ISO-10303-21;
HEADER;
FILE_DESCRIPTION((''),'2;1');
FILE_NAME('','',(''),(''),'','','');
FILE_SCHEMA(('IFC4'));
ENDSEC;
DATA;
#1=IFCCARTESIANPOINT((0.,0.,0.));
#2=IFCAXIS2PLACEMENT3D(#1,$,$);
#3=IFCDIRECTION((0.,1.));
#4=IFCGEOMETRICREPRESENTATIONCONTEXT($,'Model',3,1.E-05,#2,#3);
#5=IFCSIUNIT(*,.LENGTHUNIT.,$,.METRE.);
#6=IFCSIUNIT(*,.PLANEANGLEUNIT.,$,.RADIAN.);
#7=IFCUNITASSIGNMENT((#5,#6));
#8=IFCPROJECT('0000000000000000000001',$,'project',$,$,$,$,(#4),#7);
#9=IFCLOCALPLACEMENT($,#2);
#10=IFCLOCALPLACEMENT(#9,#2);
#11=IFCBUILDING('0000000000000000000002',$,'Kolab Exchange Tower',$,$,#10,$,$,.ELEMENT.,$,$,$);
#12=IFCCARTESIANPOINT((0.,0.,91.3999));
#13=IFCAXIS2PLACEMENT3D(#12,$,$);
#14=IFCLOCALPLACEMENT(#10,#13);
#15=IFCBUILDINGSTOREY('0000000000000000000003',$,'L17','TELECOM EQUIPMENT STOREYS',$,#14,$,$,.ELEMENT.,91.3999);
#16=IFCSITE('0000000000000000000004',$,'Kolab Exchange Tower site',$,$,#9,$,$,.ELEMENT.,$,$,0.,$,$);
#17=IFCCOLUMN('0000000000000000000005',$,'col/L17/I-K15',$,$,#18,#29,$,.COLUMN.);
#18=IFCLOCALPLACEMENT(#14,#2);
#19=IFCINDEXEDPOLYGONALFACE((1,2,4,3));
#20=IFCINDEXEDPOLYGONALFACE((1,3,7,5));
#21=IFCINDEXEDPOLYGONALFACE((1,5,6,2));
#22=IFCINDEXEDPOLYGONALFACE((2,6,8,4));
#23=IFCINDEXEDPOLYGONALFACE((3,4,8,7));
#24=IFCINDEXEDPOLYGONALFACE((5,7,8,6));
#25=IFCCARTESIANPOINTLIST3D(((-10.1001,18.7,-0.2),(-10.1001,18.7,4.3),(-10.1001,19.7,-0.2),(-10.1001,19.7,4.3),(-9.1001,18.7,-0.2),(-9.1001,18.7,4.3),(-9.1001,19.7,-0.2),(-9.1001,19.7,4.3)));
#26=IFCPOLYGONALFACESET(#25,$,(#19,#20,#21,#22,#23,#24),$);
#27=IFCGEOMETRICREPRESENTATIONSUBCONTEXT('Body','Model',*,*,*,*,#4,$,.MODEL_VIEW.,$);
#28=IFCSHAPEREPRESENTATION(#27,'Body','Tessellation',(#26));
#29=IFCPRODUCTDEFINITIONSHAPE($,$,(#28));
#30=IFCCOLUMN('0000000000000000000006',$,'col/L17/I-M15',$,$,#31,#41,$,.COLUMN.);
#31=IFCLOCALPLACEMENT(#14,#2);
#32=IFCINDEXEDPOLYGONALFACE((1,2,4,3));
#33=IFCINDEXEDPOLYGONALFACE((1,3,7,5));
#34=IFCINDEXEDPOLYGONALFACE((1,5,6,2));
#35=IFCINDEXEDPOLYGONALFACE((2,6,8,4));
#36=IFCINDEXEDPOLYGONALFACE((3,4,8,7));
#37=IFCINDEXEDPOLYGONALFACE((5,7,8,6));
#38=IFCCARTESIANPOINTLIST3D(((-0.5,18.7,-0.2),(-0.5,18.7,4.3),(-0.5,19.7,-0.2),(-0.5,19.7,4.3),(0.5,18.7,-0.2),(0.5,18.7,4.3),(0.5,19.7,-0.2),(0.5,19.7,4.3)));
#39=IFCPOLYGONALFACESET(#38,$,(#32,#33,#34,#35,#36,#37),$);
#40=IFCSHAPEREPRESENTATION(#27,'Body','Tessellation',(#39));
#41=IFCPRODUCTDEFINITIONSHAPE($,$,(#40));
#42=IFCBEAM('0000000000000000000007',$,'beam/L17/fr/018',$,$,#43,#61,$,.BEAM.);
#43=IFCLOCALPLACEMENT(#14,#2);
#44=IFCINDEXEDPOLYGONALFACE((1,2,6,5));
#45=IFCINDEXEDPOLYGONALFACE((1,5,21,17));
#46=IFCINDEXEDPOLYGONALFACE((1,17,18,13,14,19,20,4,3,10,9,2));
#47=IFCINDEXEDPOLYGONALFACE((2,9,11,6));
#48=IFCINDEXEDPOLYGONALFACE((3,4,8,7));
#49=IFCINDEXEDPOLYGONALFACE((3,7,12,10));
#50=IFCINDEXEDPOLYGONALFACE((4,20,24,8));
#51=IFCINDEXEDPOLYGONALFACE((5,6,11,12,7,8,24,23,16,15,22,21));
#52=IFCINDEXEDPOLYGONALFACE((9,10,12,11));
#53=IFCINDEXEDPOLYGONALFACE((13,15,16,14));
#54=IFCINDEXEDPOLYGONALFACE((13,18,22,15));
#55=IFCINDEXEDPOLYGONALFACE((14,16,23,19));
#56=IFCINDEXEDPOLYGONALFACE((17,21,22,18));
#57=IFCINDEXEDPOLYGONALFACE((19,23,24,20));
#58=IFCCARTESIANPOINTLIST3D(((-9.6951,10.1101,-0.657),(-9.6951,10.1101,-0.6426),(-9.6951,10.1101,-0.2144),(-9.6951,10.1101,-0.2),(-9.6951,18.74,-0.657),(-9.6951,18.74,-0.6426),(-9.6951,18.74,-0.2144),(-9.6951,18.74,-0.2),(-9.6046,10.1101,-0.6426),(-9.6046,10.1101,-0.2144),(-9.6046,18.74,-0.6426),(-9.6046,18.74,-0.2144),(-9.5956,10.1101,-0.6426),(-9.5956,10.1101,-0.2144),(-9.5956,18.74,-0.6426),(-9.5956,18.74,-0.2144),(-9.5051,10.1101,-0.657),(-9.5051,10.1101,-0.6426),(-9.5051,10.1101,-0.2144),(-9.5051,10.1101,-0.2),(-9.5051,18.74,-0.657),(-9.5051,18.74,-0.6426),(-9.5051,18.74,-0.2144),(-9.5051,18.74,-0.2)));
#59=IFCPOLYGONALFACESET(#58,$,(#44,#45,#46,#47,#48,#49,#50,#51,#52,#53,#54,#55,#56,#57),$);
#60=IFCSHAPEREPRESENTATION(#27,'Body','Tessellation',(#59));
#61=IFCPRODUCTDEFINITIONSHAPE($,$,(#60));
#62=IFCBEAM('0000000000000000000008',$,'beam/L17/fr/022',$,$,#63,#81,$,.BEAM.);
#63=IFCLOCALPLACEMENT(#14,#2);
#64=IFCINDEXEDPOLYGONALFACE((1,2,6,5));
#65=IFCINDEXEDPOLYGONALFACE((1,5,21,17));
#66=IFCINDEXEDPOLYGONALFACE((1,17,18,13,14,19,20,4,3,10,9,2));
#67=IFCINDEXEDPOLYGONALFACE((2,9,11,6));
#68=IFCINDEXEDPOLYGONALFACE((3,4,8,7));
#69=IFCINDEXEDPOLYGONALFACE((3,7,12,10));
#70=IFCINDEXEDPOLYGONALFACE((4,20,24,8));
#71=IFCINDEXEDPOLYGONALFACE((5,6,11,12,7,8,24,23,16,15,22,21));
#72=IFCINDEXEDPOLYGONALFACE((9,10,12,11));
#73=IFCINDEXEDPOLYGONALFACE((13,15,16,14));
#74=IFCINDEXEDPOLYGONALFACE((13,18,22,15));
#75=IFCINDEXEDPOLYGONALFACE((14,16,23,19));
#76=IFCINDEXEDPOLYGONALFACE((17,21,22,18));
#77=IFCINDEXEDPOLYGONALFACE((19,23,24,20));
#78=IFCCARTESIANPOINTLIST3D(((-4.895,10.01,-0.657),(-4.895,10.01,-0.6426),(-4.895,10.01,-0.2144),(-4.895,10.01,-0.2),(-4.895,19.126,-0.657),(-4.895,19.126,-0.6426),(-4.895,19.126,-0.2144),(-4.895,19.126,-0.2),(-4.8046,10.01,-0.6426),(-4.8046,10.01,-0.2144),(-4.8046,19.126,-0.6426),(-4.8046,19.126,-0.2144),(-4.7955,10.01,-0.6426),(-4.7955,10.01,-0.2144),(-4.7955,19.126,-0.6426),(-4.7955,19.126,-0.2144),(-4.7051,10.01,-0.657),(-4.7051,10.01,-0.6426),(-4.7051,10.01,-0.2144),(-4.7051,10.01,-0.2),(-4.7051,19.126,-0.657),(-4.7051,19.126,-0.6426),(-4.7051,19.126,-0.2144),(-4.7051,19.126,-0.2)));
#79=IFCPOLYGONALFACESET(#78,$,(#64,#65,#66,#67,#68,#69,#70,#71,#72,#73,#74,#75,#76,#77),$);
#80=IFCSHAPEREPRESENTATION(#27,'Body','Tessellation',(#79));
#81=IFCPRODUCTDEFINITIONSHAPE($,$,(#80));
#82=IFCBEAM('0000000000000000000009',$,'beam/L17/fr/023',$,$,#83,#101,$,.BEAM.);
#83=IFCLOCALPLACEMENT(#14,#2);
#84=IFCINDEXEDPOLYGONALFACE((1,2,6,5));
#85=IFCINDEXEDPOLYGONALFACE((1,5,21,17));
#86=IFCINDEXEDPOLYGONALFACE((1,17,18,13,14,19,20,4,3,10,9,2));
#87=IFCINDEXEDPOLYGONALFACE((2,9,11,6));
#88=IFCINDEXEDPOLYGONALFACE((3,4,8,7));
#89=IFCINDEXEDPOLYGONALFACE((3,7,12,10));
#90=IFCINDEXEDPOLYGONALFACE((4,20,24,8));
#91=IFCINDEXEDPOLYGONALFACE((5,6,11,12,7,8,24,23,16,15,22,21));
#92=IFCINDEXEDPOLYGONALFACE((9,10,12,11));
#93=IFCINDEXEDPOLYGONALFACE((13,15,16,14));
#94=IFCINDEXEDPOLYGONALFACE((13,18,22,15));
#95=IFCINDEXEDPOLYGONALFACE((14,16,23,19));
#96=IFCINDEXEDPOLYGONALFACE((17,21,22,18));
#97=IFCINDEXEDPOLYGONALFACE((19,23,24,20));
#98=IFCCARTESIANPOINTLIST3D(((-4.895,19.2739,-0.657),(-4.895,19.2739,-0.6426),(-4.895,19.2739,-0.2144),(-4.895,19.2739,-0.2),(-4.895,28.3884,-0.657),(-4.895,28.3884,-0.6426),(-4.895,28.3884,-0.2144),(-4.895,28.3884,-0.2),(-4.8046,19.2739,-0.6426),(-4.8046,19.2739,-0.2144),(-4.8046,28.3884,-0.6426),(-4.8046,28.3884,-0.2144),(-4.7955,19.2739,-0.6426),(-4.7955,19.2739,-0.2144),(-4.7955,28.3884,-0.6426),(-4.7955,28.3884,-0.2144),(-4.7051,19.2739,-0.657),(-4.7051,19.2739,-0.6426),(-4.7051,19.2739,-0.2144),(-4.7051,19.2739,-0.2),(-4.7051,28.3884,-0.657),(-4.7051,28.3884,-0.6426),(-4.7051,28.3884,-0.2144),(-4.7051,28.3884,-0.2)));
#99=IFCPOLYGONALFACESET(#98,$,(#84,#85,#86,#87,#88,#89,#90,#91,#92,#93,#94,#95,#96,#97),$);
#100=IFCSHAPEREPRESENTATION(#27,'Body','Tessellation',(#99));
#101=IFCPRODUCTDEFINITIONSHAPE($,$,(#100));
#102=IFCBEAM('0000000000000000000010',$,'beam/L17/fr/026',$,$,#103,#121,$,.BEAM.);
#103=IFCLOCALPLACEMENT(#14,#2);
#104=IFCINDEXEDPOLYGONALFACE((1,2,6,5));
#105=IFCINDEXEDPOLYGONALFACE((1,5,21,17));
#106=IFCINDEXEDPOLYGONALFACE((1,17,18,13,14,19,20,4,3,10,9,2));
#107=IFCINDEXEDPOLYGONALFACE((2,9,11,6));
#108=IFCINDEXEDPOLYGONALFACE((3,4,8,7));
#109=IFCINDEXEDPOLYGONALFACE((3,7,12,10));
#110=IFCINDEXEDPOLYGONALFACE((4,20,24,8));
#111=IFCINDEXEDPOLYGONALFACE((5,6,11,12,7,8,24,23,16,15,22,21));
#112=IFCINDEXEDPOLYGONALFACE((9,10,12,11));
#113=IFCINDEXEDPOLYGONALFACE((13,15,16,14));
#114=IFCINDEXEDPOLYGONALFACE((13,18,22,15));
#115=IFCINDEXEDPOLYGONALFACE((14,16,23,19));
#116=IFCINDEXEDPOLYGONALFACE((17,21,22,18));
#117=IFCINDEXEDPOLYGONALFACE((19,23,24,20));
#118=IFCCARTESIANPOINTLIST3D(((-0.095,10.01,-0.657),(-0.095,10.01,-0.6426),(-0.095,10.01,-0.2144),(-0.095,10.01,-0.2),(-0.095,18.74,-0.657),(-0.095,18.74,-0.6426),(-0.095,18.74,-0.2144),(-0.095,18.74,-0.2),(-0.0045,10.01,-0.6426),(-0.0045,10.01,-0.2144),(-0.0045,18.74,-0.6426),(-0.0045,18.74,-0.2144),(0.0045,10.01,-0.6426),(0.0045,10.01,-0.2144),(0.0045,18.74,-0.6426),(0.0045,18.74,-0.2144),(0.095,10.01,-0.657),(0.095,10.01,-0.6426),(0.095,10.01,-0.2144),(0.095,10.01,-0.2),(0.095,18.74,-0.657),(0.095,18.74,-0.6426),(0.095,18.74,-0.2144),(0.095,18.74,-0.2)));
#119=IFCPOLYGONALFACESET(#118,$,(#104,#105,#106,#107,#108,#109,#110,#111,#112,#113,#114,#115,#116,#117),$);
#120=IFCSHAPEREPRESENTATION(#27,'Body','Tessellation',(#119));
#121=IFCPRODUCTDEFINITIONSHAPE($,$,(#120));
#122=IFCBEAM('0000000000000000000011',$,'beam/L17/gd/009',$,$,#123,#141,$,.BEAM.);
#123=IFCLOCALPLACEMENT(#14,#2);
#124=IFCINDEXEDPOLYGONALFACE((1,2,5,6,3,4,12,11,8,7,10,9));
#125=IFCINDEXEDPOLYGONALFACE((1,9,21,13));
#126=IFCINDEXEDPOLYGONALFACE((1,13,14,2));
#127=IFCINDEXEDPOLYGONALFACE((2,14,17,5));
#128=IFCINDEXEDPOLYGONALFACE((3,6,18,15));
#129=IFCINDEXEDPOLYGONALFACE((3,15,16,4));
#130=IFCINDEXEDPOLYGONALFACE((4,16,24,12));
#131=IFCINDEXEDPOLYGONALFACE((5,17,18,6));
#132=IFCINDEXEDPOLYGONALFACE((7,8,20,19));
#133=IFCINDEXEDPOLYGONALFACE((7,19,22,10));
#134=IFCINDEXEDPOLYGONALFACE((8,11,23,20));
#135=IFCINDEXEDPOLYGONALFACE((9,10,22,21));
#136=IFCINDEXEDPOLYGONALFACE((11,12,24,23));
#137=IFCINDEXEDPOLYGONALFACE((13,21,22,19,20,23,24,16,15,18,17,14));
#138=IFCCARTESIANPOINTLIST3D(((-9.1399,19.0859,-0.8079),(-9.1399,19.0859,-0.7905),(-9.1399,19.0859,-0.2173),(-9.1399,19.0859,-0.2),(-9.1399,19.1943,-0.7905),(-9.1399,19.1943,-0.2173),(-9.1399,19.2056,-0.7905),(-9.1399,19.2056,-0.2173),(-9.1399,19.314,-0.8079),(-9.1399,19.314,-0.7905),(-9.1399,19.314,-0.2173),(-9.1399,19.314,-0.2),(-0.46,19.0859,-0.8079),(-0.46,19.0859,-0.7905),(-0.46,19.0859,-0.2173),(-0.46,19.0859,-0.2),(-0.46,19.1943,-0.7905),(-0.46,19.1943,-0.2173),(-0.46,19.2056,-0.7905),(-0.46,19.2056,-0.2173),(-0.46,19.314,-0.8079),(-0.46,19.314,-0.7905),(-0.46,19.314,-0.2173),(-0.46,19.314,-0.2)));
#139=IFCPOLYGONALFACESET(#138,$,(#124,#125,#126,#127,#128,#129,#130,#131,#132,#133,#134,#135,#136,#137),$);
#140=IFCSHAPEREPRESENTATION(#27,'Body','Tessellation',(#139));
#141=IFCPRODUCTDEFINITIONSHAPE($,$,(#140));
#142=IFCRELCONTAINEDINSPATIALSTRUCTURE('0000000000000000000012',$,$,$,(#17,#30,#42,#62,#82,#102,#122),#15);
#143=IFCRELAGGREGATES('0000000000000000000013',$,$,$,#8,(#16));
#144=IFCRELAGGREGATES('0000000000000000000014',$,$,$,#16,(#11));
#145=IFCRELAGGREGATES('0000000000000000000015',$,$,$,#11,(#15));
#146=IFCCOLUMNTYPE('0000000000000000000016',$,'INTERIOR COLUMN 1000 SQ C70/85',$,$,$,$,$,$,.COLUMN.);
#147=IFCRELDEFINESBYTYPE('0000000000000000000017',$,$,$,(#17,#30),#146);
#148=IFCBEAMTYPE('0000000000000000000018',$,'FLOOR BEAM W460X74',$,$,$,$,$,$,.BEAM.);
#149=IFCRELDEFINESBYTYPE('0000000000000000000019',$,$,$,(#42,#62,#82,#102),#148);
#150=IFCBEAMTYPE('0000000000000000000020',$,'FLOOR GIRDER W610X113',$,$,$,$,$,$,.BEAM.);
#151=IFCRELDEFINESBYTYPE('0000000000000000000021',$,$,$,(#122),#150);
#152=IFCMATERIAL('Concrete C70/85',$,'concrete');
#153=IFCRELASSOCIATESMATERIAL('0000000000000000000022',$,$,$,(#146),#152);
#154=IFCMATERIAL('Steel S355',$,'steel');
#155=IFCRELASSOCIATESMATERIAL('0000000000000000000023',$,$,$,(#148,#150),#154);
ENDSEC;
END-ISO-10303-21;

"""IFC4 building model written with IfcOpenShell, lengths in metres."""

from ifc_helpers import new_model, si_unit, direction, frame, origin, origin_2d, place, context, subcontext, project, spatial, rectangle, i_section, extrude, material, material_profile, profile_set, type_object, element, save


model = new_model("IFC4")

# Units and contexts
model_context = context("Model", 3, precision=1e-05, world=origin(), true_north=direction((0.0, 1.0)))
body_context = subcontext(model_context, "Body", "Model", "MODEL_VIEW")
ifc_project = project(units=[si_unit("LENGTHUNIT", "METRE"), si_unit("PLANEANGLEUNIT", "RADIAN")], contexts=[model_context])

# Site, building, storey
site_placement = place(None, origin())
site = spatial("IfcSite", under=ifc_project, at=site_placement, Name="Kolab Exchange Tower site", CompositionType="ELEMENT", RefElevation=0.0)
building_placement = place(site_placement, origin())
building = spatial("IfcBuilding", under=site, at=building_placement, Name="Kolab Exchange Tower", CompositionType="ELEMENT")
storey_placement = place(building_placement, frame((0.0, 0.0, 91.3999)))
storey = spatial("IfcBuildingStorey", under=building, at=storey_placement, Name="L17", Description="TELECOM EQUIPMENT STOREYS", CompositionType="ELEMENT", Elevation=91.3999)

# Columns
ifc_material_1 = material(Name="Concrete C70/85", Category="concrete")
ifc_material_profile_1 = material_profile(ifc_material_1, rectangle(XDim=1.0, YDim=1.0, at=origin_2d()), Name="RC1000")
ifc_profile_set_1 = profile_set([ifc_material_profile_1], Name="Concrete C70/85")
column_type = type_object("IfcColumnType", Name="INTERIOR COLUMN 1000 SQ C70/85", PredefinedType="COLUMN", material=ifc_profile_set_1)
for number, where, z_axis, x_axis, name in (
    (1, (-9.6001, 19.2, -0.2), (0.0, 0.0, 1.0), (1.0, 0.0, 0.0), "col/L17/I-K15"),
    (2, (0.0, 19.2, -0.2), (0.0, 0.0, 1.0), (1.0, 0.0, 0.0), "col/L17/I-M15"),
):
    element("IfcColumn", number, at=place(storey_placement, frame(where, z_axis=z_axis, x_axis=x_axis)), inside=storey, type_object=column_type, Name=name, PredefinedType="COLUMN", context=body_context, shape_type="SweptSolid", body=[
        extrude(rectangle(XDim=1.0, YDim=1.0, at=origin_2d()), origin(), (0.0, 0.0, 1.0), 4.5),
    ])

# Beams
ifc_material_2 = material(Name="Steel S355", Category="steel")
ifc_material_profile_2 = material_profile(ifc_material_2, i_section(OverallWidth=0.1899, OverallDepth=0.457, WebThickness=0.009, FlangeThickness=0.0144, at=origin_2d()), Name="W460X74")
ifc_profile_set_2 = profile_set([ifc_material_profile_2], Name="Steel S355")
beam_type_1 = type_object("IfcBeamType", Name="FLOOR BEAM W460X74", PredefinedType="BEAM", material=ifc_profile_set_2)
beam_1_placement = place(storey_placement, frame((-9.6001, 10.1101, -0.4285), z_axis=(0.0, 1.0, 0.0), x_axis=(-1.0, 0.0, 0.0)))
element("IfcBeam", 3, at=beam_1_placement, inside=storey, type_object=beam_type_1, Name="beam/L17/fr/018", PredefinedType="BEAM", context=body_context, shape_type="SweptSolid", body=[
    extrude(i_section(OverallWidth=0.1899, OverallDepth=0.457, WebThickness=0.009, FlangeThickness=0.0144, at=origin_2d()), origin(), (0.0, 0.0, 1.0), 8.6299),
])
beam_2_placement = place(storey_placement, frame((-4.8, 10.01, -0.4285), z_axis=(0.0, 1.0, 0.0), x_axis=(-1.0, 0.0, 0.0)))
element("IfcBeam", 4, at=beam_2_placement, inside=storey, type_object=beam_type_1, Name="beam/L17/fr/022", PredefinedType="BEAM", context=body_context, shape_type="SweptSolid", body=[
    extrude(i_section(OverallWidth=0.1899, OverallDepth=0.457, WebThickness=0.009, FlangeThickness=0.0144, at=origin_2d()), origin(), (0.0, 0.0, 1.0), 9.116),
])
beam_3_placement = place(storey_placement, frame((-4.8, 19.2739, -0.4285), z_axis=(0.0, 1.0, 0.0), x_axis=(-1.0, 0.0, 0.0)))
element("IfcBeam", 5, at=beam_3_placement, inside=storey, type_object=beam_type_1, Name="beam/L17/fr/023", PredefinedType="BEAM", context=body_context, shape_type="SweptSolid", body=[
    extrude(i_section(OverallWidth=0.1899, OverallDepth=0.457, WebThickness=0.009, FlangeThickness=0.0144, at=origin_2d()), origin(), (0.0, 0.0, 1.0), 9.1145),
])
beam_4_placement = place(storey_placement, frame((0.0, 10.01, -0.4285), z_axis=(0.0, 1.0, 0.0), x_axis=(-1.0, 0.0, 0.0)))
element("IfcBeam", 6, at=beam_4_placement, inside=storey, type_object=beam_type_1, Name="beam/L17/fr/026", PredefinedType="BEAM", context=body_context, shape_type="SweptSolid", body=[
    extrude(i_section(OverallWidth=0.1899, OverallDepth=0.457, WebThickness=0.009, FlangeThickness=0.0144, at=origin_2d()), origin(), (0.0, 0.0, 1.0), 8.73),
])
ifc_material_profile_3 = material_profile(ifc_material_2, i_section(OverallWidth=0.228, OverallDepth=0.6079, WebThickness=0.0112, FlangeThickness=0.0173, at=origin_2d()), Name="W610X113")
ifc_profile_set_3 = profile_set([ifc_material_profile_3], Name="Steel S355")
beam_type_2 = type_object("IfcBeamType", Name="FLOOR GIRDER W610X113", PredefinedType="BEAM", material=ifc_profile_set_3)
beam_5_placement = place(storey_placement, frame((-9.1399, 19.2, -0.5039), z_axis=(1.0, 0.0, 0.0), x_axis=(0.0, 1.0, 0.0)))
element("IfcBeam", 7, at=beam_5_placement, inside=storey, type_object=beam_type_2, Name="beam/L17/gd/009", PredefinedType="BEAM", context=body_context, shape_type="SweptSolid", body=[
    extrude(i_section(OverallWidth=0.228, OverallDepth=0.6079, WebThickness=0.0112, FlangeThickness=0.0173, at=origin_2d()), origin(), (0.0, 0.0, 1.0), 8.6799),
])

save(model, "model.ifc")
